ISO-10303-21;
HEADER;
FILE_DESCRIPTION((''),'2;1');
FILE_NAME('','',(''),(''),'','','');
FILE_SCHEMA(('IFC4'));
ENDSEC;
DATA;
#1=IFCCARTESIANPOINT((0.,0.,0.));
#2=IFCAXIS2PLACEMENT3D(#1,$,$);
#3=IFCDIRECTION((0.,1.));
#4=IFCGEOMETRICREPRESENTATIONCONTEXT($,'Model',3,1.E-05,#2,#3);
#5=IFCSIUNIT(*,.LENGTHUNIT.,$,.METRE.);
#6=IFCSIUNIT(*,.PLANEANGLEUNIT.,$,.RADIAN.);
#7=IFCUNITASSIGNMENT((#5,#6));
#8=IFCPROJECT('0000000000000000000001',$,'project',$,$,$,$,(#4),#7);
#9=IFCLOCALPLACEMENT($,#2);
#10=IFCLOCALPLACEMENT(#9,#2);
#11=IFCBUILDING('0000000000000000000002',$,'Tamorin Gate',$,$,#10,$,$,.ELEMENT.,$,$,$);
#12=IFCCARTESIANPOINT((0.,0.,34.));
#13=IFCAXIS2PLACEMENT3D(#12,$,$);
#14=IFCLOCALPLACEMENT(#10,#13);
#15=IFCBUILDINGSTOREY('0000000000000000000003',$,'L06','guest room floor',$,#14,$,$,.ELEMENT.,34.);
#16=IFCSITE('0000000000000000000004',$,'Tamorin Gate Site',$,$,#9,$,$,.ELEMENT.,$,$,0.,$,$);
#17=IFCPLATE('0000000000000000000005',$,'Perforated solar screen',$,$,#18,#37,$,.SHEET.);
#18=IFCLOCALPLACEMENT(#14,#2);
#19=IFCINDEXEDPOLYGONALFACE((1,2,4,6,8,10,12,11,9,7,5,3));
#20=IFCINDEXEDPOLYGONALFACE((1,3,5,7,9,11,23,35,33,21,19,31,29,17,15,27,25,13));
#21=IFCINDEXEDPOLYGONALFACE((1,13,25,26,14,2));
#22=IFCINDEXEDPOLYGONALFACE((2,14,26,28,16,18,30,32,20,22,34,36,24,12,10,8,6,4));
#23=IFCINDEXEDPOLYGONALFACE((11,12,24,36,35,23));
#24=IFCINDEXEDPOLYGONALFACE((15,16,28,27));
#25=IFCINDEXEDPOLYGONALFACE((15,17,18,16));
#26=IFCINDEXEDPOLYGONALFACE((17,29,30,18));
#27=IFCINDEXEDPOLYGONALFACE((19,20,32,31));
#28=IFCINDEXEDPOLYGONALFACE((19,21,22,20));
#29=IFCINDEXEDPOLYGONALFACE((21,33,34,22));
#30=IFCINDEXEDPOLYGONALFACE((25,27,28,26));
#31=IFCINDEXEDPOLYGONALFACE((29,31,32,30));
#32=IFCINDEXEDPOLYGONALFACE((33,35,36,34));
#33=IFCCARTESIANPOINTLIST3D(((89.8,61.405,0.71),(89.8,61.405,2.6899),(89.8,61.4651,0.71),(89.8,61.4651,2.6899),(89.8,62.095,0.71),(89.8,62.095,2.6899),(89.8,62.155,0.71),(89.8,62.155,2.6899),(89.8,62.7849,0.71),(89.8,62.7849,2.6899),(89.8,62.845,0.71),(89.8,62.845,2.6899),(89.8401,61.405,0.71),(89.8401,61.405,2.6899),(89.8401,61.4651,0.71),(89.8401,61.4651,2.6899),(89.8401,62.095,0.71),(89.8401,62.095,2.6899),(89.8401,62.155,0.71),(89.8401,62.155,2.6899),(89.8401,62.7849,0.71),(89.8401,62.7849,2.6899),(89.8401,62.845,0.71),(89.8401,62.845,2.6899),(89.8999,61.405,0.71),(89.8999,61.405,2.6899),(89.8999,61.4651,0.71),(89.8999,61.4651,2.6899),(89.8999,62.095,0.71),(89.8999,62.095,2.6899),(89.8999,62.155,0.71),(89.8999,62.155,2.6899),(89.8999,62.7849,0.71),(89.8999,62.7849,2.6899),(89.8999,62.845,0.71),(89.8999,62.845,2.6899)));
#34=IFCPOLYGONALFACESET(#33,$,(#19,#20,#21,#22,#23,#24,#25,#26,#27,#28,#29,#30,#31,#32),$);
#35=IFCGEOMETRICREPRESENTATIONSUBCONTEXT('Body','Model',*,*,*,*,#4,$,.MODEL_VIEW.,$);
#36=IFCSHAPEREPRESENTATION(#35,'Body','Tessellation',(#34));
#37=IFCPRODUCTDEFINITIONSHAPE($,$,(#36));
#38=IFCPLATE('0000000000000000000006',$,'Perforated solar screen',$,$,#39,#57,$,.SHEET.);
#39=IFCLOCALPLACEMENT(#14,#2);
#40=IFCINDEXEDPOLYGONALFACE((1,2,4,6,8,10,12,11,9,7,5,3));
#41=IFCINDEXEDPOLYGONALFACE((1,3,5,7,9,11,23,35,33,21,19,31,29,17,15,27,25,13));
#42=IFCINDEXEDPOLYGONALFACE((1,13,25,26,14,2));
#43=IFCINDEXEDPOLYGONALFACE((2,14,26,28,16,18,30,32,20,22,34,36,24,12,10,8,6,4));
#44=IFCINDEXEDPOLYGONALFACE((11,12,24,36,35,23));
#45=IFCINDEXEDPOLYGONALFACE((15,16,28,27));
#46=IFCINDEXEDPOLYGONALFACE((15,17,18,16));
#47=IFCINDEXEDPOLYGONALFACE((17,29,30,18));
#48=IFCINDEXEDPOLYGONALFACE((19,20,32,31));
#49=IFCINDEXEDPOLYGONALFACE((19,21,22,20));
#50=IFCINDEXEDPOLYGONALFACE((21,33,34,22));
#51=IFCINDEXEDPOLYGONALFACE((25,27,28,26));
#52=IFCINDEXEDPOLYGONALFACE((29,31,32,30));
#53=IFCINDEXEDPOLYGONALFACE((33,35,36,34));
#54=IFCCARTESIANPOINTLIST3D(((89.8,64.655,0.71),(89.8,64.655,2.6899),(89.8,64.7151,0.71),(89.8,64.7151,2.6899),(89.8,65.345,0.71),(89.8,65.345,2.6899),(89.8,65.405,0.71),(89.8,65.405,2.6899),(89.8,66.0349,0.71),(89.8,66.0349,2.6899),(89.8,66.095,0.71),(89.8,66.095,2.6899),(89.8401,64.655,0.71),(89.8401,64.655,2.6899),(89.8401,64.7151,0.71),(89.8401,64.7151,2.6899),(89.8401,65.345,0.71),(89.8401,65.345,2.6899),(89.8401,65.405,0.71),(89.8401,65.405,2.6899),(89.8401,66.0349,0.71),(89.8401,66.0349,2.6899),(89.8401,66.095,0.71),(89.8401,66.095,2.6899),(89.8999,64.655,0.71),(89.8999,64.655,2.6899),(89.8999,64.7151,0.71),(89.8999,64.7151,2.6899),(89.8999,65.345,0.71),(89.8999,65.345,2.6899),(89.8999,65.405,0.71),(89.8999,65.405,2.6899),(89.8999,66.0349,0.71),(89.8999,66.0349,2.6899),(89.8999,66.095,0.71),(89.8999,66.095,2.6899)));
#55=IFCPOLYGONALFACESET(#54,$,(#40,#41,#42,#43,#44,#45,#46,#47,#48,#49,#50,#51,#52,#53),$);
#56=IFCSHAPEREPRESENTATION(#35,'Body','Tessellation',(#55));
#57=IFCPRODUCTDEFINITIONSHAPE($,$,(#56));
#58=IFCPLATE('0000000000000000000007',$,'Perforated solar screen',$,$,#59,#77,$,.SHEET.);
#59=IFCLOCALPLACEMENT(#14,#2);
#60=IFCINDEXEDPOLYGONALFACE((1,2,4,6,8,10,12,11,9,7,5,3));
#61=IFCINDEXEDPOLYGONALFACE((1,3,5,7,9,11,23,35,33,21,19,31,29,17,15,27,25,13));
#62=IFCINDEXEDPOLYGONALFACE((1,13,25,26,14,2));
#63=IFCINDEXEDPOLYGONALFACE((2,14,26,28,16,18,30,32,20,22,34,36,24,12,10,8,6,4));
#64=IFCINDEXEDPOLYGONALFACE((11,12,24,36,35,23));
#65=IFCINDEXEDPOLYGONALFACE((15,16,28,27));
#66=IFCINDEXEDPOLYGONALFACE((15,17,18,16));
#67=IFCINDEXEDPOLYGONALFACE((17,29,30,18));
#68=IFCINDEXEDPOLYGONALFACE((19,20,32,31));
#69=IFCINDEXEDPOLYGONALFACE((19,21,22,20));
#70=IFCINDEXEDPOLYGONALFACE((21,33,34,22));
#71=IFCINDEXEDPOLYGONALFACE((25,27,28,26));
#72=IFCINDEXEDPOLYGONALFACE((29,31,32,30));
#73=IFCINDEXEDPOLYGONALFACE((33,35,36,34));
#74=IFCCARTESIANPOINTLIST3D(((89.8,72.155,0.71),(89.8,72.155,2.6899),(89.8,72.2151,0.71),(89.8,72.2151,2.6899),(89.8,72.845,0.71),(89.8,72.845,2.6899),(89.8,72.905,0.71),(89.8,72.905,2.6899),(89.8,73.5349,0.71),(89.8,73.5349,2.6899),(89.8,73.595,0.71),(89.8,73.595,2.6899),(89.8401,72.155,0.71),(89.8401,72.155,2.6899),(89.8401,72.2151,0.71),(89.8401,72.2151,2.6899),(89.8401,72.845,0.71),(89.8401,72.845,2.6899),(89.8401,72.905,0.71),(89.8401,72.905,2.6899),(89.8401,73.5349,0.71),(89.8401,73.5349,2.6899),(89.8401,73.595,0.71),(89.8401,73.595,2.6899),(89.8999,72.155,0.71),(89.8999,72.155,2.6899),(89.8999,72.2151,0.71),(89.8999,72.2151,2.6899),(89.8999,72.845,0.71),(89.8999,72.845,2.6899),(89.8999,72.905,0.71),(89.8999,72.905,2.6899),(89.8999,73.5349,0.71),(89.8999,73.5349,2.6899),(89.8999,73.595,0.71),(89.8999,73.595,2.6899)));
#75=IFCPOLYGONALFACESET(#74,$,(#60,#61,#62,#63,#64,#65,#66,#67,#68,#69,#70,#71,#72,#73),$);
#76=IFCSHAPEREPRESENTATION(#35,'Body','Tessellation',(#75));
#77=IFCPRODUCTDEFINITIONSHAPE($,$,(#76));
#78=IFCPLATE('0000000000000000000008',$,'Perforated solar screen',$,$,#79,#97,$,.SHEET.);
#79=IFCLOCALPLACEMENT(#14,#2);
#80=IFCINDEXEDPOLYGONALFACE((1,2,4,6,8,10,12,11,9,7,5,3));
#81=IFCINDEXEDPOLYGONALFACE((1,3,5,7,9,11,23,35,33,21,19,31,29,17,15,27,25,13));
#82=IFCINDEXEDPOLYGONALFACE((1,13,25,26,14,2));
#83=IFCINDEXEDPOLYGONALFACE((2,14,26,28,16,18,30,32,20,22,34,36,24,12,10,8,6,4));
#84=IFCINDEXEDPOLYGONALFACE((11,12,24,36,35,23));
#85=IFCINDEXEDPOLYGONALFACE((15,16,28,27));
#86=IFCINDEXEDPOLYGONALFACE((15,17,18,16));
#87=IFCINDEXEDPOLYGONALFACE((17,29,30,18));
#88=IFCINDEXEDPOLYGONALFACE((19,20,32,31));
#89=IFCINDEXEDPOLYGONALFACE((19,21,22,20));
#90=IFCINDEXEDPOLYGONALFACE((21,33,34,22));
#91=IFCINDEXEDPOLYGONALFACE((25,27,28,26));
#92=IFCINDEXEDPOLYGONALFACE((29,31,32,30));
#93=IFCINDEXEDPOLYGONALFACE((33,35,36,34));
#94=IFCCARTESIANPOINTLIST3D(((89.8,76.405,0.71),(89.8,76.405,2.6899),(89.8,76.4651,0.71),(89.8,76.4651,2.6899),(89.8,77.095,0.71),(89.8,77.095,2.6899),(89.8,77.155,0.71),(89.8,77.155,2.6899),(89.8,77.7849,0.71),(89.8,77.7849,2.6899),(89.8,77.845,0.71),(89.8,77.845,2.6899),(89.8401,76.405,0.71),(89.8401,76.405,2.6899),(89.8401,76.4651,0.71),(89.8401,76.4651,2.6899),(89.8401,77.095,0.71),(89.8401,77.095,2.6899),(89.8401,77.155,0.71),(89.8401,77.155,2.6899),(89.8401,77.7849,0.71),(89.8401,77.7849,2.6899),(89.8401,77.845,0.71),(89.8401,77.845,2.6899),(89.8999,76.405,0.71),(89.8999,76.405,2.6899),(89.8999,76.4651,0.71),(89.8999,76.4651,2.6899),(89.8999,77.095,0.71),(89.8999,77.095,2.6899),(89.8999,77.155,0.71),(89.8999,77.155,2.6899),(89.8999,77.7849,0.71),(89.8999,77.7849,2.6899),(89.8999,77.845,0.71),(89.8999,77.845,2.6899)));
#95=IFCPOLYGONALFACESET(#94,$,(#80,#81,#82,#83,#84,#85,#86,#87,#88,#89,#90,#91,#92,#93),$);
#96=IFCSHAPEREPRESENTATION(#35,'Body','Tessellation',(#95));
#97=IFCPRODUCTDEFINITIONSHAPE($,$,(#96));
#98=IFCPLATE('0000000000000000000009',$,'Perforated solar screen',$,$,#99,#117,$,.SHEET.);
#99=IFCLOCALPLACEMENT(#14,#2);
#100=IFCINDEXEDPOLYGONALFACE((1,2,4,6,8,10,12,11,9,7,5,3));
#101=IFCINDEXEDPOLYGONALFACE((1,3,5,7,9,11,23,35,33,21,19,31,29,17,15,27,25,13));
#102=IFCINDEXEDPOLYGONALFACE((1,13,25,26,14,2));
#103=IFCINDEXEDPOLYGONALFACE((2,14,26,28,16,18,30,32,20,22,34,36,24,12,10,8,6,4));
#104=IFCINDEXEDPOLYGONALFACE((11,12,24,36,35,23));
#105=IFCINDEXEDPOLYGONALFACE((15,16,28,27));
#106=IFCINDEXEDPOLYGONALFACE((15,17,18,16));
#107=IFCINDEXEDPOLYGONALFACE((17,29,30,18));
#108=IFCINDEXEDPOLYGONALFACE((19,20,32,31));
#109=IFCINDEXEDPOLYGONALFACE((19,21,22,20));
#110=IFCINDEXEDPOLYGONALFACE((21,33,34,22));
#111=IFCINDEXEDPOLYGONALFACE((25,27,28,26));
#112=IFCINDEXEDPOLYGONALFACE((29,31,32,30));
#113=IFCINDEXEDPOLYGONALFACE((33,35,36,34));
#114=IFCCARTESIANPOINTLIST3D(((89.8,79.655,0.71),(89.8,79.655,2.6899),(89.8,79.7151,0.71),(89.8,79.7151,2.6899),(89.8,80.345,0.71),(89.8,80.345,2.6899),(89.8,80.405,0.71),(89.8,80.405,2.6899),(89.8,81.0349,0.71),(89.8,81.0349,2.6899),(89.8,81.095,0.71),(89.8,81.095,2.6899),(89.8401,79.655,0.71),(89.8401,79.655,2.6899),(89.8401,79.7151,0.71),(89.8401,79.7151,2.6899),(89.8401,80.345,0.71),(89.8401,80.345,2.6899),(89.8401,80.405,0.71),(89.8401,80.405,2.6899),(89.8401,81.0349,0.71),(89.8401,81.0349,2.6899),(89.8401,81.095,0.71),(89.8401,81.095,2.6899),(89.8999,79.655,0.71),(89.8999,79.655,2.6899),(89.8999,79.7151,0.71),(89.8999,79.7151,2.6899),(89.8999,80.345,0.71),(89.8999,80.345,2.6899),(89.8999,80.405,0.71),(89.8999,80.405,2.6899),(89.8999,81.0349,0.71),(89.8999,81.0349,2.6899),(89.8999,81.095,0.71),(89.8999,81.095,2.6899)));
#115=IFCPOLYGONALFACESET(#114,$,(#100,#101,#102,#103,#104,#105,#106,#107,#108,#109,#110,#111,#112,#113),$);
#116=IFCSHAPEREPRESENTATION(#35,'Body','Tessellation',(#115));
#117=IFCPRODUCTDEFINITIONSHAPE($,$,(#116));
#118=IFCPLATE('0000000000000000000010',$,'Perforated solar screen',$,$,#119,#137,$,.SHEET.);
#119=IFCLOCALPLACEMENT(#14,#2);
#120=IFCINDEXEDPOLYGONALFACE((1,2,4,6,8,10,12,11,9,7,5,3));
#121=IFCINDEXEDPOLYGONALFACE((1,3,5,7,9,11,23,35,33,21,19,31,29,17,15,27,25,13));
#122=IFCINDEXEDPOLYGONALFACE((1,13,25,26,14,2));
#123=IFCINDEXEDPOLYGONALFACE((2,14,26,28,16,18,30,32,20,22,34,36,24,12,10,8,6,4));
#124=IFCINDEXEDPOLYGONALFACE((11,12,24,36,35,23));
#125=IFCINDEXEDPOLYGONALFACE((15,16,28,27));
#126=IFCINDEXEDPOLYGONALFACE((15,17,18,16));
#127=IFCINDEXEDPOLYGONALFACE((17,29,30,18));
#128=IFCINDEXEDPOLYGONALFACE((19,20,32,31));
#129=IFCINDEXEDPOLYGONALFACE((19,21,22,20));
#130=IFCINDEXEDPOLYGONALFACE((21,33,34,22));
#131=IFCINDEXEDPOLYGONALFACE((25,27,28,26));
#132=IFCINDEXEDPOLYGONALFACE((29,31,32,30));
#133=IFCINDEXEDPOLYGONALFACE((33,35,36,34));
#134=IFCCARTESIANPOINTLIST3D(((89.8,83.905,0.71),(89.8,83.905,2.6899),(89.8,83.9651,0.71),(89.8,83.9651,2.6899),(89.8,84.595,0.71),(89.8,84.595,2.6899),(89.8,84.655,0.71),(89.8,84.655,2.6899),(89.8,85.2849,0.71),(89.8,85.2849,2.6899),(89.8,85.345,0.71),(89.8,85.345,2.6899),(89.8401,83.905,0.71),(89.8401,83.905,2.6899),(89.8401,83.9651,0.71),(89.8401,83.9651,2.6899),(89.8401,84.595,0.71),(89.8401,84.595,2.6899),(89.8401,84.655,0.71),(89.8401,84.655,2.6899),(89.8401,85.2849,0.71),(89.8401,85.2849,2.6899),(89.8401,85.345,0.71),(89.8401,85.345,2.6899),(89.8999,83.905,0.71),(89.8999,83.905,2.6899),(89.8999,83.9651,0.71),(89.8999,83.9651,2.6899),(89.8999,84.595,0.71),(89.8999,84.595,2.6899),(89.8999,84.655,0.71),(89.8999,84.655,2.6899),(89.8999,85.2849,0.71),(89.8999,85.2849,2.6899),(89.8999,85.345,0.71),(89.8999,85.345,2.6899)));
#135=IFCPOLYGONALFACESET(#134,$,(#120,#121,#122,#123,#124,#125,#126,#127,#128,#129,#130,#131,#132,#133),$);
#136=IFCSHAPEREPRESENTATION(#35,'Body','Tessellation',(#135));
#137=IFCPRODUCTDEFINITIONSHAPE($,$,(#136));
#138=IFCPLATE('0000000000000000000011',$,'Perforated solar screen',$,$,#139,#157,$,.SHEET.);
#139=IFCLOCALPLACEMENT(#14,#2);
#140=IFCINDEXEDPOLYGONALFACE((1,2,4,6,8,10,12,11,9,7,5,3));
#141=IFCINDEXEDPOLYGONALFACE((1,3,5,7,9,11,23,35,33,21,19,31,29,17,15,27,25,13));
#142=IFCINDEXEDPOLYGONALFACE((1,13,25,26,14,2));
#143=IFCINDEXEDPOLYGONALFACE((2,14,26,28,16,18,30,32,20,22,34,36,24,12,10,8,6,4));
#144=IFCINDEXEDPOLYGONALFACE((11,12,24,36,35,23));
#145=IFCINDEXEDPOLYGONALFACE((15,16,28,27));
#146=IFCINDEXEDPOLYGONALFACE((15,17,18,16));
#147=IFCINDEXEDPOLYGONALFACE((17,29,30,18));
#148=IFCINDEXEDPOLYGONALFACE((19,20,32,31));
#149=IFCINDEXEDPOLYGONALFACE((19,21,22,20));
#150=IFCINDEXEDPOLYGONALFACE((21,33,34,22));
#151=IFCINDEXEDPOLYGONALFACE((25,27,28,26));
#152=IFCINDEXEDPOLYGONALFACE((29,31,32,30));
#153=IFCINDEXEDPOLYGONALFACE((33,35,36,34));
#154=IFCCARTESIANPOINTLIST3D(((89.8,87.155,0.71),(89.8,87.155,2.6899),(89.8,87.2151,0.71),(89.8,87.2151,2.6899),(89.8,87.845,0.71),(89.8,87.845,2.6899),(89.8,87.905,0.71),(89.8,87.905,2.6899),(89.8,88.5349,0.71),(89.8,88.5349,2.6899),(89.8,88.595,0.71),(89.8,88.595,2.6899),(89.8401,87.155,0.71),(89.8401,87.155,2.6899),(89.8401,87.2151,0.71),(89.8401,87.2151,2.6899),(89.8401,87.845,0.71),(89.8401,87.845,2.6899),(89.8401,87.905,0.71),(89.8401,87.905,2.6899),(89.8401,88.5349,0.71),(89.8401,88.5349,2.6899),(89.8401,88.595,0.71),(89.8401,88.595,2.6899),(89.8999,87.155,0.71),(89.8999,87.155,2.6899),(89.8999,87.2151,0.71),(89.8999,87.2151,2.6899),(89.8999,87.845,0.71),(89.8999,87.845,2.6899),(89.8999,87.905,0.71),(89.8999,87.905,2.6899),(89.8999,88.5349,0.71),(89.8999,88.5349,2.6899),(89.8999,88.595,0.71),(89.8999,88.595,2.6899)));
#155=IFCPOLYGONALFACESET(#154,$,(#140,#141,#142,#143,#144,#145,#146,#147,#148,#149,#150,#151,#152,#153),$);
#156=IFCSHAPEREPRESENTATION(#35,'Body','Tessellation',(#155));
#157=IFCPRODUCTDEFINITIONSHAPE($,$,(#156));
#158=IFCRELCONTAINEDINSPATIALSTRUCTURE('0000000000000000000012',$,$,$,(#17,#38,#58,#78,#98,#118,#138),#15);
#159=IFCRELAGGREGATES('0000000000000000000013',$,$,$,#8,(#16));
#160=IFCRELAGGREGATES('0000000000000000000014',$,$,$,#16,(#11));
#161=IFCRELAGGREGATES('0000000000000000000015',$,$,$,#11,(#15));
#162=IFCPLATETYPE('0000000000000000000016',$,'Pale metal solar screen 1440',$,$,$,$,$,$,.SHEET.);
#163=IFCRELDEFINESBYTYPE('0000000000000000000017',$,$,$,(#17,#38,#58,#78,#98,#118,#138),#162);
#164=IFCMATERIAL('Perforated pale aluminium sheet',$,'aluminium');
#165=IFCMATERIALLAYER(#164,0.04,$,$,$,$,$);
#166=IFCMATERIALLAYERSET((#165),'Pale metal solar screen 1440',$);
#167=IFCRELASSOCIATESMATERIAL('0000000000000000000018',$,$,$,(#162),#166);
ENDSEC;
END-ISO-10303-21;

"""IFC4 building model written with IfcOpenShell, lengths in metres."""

from ifc_helpers import new_model, si_unit, direction, frame, origin, place, context, subcontext, project, spatial, polyline, outline, extrude, material, layer, layer_set, type_object, element, save


model = new_model("IFC4")

# Units and contexts
model_context = context("Model", 3, precision=1e-05, world=origin(), true_north=direction((0.0, 1.0)))
body_context = subcontext(model_context, "Body", "Model", "MODEL_VIEW")
ifc_project = project(units=[si_unit("LENGTHUNIT", "METRE"), si_unit("PLANEANGLEUNIT", "RADIAN")], contexts=[model_context])

# Site, building, storey
site_placement = place(None, origin())
site = spatial("IfcSite", under=ifc_project, at=site_placement, Name="Tamorin Gate Site", CompositionType="ELEMENT", RefElevation=0.0)
building_placement = place(site_placement, origin())
building = spatial("IfcBuilding", under=site, at=building_placement, Name="Tamorin Gate", CompositionType="ELEMENT")
storey_placement = place(building_placement, frame((0.0, 0.0, 34.0)))
storey = spatial("IfcBuildingStorey", under=building, at=storey_placement, Name="L06", Description="guest room floor", CompositionType="ELEMENT", Elevation=34.0)

# Plates
ifc_material = material(Name="Perforated pale aluminium sheet", Category="aluminium")
ifc_layer = layer(ifc_material, 0.04)
ifc_layer_set = layer_set([ifc_layer], Name="Pale metal solar screen 1440")
plate_type = type_object("IfcPlateType", Name="Pale metal solar screen 1440", PredefinedType="SHEET", material=ifc_layer_set)
plate_1_placement = place(storey_placement, frame((0.0, 0.0, 0.71)))
element("IfcPlate", 1, at=plate_1_placement, inside=storey, type_object=plate_type, Name="Perforated solar screen", PredefinedType="SHEET", context=body_context, shape_type="SweptSolid", body=[
    extrude(outline(polyline([(89.8401, 61.405), (89.8, 61.405), (89.8, 61.4651), (89.8, 62.095), (89.8, 62.155), (89.8, 62.7849), (89.8, 62.845), (89.8401, 62.845), (89.8999, 62.845), (89.8999, 62.7849), (89.8401, 62.7849), (89.8401, 62.155), (89.8999, 62.155), (89.8999, 62.095), (89.8401, 62.095), (89.8401, 61.4651), (89.8999, 61.4651), (89.8999, 61.405), (89.8401, 61.405)])), origin(), (0.0, 0.0, 1.0), 1.98),
])
plate_2_placement = place(storey_placement, frame((0.0, 0.0, 0.71)))
element("IfcPlate", 2, at=plate_2_placement, inside=storey, type_object=plate_type, Name="Perforated solar screen", PredefinedType="SHEET", context=body_context, shape_type="SweptSolid", body=[
    extrude(outline(polyline([(89.8401, 64.655), (89.8, 64.655), (89.8, 64.7151), (89.8, 65.345), (89.8, 65.405), (89.8, 66.0349), (89.8, 66.095), (89.8401, 66.095), (89.8999, 66.095), (89.8999, 66.0349), (89.8401, 66.0349), (89.8401, 65.405), (89.8999, 65.405), (89.8999, 65.345), (89.8401, 65.345), (89.8401, 64.7151), (89.8999, 64.7151), (89.8999, 64.655), (89.8401, 64.655)])), origin(), (0.0, 0.0, 1.0), 1.98),
])
plate_3_placement = place(storey_placement, frame((0.0, 0.0, 0.71)))
element("IfcPlate", 3, at=plate_3_placement, inside=storey, type_object=plate_type, Name="Perforated solar screen", PredefinedType="SHEET", context=body_context, shape_type="SweptSolid", body=[
    extrude(outline(polyline([(89.8401, 72.155), (89.8, 72.155), (89.8, 72.2151), (89.8, 72.845), (89.8, 72.905), (89.8, 73.5349), (89.8, 73.595), (89.8401, 73.595), (89.8999, 73.595), (89.8999, 73.5349), (89.8401, 73.5349), (89.8401, 72.905), (89.8999, 72.905), (89.8999, 72.845), (89.8401, 72.845), (89.8401, 72.2151), (89.8999, 72.2151), (89.8999, 72.155), (89.8401, 72.155)])), origin(), (0.0, 0.0, 1.0), 1.98),
])
plate_4_placement = place(storey_placement, frame((0.0, 0.0, 0.71)))
element("IfcPlate", 4, at=plate_4_placement, inside=storey, type_object=plate_type, Name="Perforated solar screen", PredefinedType="SHEET", context=body_context, shape_type="SweptSolid", body=[
    extrude(outline(polyline([(89.8401, 76.405), (89.8, 76.405), (89.8, 76.4651), (89.8, 77.095), (89.8, 77.155), (89.8, 77.7849), (89.8, 77.845), (89.8401, 77.845), (89.8999, 77.845), (89.8999, 77.7849), (89.8401, 77.7849), (89.8401, 77.155), (89.8999, 77.155), (89.8999, 77.095), (89.8401, 77.095), (89.8401, 76.4651), (89.8999, 76.4651), (89.8999, 76.405), (89.8401, 76.405)])), origin(), (0.0, 0.0, 1.0), 1.98),
])
plate_5_placement = place(storey_placement, frame((0.0, 0.0, 0.71)))
element("IfcPlate", 5, at=plate_5_placement, inside=storey, type_object=plate_type, Name="Perforated solar screen", PredefinedType="SHEET", context=body_context, shape_type="SweptSolid", body=[
    extrude(outline(polyline([(89.8401, 79.655), (89.8, 79.655), (89.8, 79.7151), (89.8, 80.345), (89.8, 80.405), (89.8, 81.0349), (89.8, 81.095), (89.8401, 81.095), (89.8999, 81.095), (89.8999, 81.0349), (89.8401, 81.0349), (89.8401, 80.405), (89.8999, 80.405), (89.8999, 80.345), (89.8401, 80.345), (89.8401, 79.7151), (89.8999, 79.7151), (89.8999, 79.655), (89.8401, 79.655)])), origin(), (0.0, 0.0, 1.0), 1.98),
])
plate_6_placement = place(storey_placement, frame((0.0, 0.0, 0.71)))
element("IfcPlate", 6, at=plate_6_placement, inside=storey, type_object=plate_type, Name="Perforated solar screen", PredefinedType="SHEET", context=body_context, shape_type="SweptSolid", body=[
    extrude(outline(polyline([(89.8401, 83.905), (89.8, 83.905), (89.8, 83.9651), (89.8, 84.595), (89.8, 84.655), (89.8, 85.2849), (89.8, 85.345), (89.8401, 85.345), (89.8999, 85.345), (89.8999, 85.2849), (89.8401, 85.2849), (89.8401, 84.655), (89.8999, 84.655), (89.8999, 84.595), (89.8401, 84.595), (89.8401, 83.9651), (89.8999, 83.9651), (89.8999, 83.905), (89.8401, 83.905)])), origin(), (0.0, 0.0, 1.0), 1.98),
])
plate_7_placement = place(storey_placement, frame((0.0, 0.0, 0.71)))
element("IfcPlate", 7, at=plate_7_placement, inside=storey, type_object=plate_type, Name="Perforated solar screen", PredefinedType="SHEET", context=body_context, shape_type="SweptSolid", body=[
    extrude(outline(polyline([(89.8401, 87.155), (89.8, 87.155), (89.8, 87.2151), (89.8, 87.845), (89.8, 87.905), (89.8, 88.5349), (89.8, 88.595), (89.8401, 88.595), (89.8999, 88.595), (89.8999, 88.5349), (89.8401, 88.5349), (89.8401, 87.905), (89.8999, 87.905), (89.8999, 87.845), (89.8401, 87.845), (89.8401, 87.2151), (89.8999, 87.2151), (89.8999, 87.155), (89.8401, 87.155)])), origin(), (0.0, 0.0, 1.0), 1.98),
])

save(model, "model.ifc")
